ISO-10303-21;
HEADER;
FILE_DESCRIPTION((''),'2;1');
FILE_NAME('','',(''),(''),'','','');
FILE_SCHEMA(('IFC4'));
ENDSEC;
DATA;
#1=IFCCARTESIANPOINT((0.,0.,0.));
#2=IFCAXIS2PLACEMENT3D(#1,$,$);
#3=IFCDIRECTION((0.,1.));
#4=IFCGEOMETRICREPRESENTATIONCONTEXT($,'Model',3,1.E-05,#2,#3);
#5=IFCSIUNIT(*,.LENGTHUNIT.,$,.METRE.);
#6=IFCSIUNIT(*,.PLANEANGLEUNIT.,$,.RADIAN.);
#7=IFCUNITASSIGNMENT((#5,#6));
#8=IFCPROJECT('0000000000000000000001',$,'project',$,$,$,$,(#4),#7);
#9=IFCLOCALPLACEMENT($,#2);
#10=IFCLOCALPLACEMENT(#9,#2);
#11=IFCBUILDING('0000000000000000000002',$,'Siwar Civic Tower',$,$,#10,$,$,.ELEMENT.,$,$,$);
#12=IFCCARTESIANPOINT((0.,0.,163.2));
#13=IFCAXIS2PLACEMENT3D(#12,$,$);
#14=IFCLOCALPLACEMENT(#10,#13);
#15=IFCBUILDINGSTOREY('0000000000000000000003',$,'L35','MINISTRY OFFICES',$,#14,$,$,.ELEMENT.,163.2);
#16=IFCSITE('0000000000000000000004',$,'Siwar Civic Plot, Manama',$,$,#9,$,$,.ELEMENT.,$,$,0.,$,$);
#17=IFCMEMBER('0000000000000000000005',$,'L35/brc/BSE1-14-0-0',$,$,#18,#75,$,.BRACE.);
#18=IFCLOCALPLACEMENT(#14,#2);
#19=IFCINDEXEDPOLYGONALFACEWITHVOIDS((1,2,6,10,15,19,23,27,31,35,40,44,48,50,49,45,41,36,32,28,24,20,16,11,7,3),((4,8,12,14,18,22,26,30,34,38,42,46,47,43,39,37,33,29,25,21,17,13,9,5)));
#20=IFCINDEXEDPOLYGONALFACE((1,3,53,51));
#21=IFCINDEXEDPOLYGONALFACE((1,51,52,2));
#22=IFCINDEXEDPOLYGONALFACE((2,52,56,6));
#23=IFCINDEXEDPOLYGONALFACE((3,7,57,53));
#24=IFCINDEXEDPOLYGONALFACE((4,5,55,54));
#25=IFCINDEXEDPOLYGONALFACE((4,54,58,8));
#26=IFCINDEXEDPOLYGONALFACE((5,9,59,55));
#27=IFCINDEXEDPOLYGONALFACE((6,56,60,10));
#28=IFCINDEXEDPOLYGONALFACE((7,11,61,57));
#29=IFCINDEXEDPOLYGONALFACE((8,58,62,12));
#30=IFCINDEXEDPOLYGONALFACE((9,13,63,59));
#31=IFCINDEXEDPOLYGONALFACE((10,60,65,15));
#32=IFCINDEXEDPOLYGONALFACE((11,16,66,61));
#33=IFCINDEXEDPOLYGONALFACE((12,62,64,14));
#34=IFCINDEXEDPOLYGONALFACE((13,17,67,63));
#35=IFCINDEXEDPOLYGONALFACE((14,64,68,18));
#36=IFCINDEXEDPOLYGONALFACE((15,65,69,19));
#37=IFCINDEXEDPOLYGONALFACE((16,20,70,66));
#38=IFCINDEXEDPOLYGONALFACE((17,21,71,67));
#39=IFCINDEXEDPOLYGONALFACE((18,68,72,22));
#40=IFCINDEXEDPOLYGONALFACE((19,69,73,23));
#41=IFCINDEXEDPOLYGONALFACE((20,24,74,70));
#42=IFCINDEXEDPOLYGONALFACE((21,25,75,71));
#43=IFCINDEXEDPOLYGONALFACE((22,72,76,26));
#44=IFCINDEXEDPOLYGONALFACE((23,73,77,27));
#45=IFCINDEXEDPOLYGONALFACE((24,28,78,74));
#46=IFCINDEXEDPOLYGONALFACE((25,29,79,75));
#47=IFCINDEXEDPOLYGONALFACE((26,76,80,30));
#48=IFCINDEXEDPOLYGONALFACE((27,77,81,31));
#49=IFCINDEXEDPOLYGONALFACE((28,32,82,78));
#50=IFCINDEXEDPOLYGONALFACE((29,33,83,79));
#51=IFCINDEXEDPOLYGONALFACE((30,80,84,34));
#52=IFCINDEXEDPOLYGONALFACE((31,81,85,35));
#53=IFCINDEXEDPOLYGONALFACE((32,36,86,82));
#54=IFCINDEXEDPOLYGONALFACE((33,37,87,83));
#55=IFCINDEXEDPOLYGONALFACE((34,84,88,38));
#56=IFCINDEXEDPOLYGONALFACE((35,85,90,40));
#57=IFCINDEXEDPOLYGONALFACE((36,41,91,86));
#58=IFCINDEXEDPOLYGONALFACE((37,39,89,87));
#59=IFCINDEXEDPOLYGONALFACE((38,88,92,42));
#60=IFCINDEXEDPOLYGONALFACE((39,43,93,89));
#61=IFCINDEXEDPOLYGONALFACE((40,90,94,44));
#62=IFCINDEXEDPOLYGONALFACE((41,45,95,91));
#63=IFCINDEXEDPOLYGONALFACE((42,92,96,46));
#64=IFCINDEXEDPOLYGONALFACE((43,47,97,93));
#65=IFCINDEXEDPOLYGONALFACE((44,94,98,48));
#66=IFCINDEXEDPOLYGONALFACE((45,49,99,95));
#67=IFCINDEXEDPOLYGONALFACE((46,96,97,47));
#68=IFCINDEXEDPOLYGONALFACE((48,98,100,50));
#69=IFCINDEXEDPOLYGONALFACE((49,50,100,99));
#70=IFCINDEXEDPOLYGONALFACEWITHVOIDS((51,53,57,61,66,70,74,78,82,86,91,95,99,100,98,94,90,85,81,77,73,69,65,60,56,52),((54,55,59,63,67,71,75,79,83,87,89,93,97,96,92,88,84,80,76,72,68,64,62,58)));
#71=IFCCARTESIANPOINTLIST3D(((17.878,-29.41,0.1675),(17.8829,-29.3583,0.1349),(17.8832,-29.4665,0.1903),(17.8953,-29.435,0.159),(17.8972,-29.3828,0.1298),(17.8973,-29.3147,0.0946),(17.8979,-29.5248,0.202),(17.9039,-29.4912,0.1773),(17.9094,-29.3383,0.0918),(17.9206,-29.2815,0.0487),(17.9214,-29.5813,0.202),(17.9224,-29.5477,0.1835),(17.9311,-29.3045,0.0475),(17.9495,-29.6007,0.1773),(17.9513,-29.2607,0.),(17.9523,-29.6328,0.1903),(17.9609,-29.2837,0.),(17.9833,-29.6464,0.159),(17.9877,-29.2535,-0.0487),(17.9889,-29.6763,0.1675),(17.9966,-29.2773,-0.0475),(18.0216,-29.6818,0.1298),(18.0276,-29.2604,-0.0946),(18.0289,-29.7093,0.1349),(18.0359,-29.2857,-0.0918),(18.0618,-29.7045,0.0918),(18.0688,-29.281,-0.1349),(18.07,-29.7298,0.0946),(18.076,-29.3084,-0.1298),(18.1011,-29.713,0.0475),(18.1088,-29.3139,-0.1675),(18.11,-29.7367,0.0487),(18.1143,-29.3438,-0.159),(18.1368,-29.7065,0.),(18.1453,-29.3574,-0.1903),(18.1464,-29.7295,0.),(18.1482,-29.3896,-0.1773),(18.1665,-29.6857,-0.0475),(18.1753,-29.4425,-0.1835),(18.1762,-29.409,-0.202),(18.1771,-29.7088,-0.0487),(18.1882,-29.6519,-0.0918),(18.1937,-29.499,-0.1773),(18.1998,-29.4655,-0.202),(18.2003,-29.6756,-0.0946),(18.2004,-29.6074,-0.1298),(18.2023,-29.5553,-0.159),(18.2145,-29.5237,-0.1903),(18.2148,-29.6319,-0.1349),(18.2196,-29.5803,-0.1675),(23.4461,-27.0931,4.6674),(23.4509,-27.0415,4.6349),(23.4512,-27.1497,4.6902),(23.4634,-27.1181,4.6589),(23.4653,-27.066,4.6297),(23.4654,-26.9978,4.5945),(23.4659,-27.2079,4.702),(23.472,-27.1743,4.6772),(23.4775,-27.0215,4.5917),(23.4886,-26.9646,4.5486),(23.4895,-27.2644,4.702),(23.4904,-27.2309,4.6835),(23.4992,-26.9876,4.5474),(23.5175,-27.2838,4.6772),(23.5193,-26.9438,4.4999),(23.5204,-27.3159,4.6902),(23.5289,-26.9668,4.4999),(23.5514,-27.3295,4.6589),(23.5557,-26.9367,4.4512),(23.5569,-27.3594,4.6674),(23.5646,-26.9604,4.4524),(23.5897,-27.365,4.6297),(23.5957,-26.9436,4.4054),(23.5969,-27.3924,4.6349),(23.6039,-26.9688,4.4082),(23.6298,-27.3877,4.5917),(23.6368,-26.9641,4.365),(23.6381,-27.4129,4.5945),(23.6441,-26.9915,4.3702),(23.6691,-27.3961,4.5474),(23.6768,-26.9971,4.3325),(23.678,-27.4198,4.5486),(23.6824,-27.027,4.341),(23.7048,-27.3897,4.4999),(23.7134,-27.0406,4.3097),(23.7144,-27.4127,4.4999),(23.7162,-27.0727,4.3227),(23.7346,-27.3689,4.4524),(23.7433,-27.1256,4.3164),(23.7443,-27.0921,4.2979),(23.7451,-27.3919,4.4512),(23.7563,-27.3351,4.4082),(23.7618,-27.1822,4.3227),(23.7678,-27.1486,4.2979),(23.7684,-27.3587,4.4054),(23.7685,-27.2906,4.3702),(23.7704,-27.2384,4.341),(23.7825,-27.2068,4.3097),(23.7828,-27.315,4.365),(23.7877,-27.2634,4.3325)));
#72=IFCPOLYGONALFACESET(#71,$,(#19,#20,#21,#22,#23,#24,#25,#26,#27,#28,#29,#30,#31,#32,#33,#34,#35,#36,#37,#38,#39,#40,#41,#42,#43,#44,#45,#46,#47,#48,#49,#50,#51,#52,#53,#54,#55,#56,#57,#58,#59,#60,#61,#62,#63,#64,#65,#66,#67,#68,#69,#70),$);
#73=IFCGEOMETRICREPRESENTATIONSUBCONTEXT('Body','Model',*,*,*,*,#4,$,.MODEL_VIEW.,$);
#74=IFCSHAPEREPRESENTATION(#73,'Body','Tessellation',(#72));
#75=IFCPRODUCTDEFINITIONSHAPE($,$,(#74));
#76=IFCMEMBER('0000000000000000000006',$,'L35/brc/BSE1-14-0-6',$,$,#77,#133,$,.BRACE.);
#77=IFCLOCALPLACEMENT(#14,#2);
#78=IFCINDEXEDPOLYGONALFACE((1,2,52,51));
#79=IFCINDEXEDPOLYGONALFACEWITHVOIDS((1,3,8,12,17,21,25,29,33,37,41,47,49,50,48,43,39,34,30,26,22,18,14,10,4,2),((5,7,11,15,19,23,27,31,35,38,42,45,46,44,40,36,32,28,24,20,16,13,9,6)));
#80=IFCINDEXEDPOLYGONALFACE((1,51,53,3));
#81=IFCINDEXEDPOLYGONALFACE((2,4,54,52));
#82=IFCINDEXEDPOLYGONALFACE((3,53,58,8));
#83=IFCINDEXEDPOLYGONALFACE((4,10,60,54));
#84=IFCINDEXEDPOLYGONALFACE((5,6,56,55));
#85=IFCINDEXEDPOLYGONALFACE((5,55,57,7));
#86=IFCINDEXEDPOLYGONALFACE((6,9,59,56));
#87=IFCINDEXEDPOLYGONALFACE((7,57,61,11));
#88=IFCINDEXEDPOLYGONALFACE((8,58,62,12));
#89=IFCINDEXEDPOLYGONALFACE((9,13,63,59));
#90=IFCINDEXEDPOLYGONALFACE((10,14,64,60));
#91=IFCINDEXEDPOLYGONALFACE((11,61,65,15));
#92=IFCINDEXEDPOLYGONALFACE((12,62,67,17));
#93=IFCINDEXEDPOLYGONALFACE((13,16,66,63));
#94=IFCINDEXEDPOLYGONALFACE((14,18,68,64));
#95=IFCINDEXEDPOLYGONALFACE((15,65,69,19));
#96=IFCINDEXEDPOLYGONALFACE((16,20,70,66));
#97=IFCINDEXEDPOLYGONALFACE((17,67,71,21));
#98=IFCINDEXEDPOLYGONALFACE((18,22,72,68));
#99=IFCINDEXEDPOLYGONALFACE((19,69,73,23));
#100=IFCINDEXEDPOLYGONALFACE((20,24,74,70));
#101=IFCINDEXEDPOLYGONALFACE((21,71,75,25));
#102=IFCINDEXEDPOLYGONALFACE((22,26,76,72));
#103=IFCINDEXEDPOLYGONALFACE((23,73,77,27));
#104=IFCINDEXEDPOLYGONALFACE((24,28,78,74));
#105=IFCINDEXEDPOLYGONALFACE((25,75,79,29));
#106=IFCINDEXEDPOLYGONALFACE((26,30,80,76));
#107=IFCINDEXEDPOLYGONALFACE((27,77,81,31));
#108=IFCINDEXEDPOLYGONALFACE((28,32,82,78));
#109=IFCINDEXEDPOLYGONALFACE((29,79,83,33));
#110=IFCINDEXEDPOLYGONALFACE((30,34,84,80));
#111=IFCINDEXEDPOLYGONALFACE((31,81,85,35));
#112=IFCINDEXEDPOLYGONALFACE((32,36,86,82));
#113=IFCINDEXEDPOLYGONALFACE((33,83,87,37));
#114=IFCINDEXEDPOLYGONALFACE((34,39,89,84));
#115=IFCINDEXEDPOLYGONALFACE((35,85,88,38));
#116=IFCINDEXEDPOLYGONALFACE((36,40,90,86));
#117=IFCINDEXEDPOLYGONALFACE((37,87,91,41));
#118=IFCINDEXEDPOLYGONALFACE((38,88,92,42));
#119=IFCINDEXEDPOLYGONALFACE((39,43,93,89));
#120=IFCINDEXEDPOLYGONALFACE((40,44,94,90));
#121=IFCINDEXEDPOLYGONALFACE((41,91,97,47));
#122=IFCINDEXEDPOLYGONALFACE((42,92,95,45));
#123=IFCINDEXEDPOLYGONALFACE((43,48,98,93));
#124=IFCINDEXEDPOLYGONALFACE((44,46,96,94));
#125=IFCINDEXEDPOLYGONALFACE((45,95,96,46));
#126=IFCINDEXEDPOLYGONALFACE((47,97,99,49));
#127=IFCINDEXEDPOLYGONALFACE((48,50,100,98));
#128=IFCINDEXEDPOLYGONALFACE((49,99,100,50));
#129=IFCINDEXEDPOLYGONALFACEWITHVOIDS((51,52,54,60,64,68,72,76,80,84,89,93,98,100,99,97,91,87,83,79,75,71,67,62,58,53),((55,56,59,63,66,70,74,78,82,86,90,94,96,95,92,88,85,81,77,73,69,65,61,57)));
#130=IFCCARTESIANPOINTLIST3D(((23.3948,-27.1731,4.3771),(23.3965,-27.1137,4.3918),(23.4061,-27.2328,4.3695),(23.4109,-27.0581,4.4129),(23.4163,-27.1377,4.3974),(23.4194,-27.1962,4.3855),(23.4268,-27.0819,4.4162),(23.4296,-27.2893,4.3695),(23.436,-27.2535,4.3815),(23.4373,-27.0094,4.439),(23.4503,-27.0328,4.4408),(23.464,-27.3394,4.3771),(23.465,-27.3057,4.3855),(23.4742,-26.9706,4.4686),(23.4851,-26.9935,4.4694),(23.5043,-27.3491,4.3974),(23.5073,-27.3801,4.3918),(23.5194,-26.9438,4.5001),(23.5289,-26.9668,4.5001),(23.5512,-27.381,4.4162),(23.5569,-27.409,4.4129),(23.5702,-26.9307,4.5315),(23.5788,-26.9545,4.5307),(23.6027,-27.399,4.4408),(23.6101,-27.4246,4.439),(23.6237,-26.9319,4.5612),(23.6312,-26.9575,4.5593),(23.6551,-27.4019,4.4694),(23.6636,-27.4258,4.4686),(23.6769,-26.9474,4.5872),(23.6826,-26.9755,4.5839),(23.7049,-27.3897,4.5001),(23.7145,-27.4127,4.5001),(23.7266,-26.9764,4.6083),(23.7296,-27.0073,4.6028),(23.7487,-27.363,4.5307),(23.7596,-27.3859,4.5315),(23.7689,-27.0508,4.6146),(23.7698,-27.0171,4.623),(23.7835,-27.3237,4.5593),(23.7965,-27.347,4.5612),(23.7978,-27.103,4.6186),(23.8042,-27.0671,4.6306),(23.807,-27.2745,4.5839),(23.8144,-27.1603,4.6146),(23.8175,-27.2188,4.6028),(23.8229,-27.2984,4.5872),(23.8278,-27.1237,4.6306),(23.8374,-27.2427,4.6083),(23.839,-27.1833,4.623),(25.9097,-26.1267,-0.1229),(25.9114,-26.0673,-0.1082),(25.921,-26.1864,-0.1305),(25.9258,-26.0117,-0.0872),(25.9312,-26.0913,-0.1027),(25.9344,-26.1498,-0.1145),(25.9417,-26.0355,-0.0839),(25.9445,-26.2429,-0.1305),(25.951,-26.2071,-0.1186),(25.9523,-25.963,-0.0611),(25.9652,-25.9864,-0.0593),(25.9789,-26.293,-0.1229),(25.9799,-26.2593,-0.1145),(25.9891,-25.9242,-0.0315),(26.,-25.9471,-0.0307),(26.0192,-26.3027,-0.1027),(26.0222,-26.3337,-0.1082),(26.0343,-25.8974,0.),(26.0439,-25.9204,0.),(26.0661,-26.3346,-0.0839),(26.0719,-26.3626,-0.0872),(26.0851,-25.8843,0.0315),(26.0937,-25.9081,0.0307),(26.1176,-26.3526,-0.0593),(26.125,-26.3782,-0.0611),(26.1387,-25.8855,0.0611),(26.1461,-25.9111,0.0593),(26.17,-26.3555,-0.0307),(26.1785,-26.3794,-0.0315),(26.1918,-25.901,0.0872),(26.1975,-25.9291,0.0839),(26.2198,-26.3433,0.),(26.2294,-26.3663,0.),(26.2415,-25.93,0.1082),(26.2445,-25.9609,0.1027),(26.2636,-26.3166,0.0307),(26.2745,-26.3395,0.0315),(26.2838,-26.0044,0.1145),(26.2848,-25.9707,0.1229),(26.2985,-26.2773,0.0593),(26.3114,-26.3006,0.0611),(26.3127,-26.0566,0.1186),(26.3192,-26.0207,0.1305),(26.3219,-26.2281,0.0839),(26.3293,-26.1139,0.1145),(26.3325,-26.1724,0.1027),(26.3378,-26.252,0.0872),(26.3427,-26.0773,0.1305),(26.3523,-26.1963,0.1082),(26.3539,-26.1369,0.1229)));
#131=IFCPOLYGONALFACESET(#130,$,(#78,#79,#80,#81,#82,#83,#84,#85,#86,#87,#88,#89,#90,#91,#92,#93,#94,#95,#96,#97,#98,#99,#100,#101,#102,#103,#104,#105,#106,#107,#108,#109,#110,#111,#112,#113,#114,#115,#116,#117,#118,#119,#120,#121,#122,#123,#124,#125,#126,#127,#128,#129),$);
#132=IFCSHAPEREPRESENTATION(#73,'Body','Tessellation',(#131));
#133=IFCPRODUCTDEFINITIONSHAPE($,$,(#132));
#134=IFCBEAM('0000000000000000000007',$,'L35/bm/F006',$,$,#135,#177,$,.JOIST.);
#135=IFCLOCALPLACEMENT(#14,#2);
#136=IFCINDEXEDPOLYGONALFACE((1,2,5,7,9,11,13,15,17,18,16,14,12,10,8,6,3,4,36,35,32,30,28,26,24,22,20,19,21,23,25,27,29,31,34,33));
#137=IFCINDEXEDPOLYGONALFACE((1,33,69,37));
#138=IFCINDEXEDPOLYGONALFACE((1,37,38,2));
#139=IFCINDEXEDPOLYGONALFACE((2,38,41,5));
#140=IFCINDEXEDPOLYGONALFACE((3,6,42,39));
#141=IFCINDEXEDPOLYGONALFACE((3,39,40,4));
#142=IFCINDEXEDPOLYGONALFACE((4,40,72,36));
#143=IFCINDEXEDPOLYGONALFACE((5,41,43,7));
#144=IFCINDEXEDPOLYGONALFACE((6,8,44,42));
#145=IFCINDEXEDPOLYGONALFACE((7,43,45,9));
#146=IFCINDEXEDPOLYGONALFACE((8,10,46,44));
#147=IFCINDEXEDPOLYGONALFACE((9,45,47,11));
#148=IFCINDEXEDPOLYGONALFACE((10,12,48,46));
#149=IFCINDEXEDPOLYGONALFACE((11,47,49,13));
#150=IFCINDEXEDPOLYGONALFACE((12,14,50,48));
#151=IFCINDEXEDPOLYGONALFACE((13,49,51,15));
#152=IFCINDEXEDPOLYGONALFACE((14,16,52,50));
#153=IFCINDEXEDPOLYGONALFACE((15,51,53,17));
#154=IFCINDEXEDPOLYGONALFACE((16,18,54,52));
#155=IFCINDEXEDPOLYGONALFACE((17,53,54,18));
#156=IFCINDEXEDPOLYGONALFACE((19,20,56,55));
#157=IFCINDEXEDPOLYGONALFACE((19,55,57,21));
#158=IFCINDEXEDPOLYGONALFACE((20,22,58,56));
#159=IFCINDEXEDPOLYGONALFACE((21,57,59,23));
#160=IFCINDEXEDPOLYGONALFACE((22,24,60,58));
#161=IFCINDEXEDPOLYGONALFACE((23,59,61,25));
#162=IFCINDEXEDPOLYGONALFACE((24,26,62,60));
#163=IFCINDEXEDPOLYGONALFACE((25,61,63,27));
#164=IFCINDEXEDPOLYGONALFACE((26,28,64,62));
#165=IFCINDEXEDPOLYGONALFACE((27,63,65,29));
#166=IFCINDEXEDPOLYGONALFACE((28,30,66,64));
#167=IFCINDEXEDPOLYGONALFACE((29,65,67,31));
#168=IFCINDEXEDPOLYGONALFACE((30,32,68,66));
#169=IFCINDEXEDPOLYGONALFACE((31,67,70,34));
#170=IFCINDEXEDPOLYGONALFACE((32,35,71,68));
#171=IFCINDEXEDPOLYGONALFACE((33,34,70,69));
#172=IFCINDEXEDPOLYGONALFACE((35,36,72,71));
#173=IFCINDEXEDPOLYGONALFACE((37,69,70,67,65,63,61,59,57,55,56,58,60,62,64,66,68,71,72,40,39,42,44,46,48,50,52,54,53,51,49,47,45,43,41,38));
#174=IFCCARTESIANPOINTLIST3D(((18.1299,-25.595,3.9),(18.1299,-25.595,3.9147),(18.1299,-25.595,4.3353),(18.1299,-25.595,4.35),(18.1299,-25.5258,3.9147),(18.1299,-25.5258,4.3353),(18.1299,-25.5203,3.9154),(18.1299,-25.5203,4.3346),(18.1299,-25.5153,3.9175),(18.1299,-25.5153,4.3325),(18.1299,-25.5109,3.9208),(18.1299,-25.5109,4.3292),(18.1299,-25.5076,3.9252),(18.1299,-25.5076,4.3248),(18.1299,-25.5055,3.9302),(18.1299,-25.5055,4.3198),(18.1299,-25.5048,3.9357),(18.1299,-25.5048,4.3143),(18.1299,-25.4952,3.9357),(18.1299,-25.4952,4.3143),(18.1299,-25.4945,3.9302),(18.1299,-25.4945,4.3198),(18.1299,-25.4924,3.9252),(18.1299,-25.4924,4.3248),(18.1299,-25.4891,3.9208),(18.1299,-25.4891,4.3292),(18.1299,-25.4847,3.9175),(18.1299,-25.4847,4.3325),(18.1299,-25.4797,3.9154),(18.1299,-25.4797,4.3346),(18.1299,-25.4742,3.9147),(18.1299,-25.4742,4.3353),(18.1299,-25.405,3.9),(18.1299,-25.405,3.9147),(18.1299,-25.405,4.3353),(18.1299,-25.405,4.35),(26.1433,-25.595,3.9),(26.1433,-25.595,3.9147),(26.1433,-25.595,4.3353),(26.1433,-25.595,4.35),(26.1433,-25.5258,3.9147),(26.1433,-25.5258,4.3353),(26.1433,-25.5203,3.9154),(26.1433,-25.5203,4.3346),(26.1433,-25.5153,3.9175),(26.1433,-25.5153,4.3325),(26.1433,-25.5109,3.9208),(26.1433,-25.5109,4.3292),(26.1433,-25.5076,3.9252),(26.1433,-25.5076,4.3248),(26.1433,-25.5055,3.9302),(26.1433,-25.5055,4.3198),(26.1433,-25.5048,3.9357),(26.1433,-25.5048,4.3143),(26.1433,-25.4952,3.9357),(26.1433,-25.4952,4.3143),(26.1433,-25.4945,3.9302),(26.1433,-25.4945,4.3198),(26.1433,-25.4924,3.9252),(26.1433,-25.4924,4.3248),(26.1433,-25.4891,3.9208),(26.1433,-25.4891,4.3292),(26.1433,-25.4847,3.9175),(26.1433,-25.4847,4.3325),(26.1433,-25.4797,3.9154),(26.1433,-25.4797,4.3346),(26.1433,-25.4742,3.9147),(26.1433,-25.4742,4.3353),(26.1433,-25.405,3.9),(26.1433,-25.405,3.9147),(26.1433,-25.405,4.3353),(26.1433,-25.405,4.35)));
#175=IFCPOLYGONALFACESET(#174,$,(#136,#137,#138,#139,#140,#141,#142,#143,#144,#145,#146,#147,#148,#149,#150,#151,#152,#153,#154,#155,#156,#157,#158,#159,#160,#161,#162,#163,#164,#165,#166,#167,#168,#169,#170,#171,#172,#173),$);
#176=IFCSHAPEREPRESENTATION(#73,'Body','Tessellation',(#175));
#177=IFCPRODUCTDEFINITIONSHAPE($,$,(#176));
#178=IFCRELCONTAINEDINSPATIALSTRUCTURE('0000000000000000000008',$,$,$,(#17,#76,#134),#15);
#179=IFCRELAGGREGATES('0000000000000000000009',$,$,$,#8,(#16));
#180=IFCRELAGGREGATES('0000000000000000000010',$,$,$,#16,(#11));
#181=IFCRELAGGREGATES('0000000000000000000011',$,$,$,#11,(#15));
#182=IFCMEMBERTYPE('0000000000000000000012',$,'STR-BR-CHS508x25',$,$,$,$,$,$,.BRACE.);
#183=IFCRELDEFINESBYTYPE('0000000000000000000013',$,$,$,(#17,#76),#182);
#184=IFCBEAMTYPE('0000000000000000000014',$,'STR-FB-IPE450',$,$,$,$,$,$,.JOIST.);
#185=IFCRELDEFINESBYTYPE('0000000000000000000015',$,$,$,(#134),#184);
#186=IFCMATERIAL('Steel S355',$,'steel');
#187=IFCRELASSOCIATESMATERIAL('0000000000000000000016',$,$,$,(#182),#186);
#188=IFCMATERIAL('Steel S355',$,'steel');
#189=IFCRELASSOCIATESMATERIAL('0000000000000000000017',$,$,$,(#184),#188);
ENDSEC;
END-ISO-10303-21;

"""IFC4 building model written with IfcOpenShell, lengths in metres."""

from ifc_helpers import new_model, si_unit, direction, frame, origin, origin_2d, place, context, subcontext, project, spatial, hollow_circle, i_section, extrude, material, material_profile, profile_set, type_object, element, save


model = new_model("IFC4")

# Units and contexts
model_context = context("Model", 3, precision=1e-05, world=origin(), true_north=direction((0.0, 1.0)))
body_context = subcontext(model_context, "Body", "Model", "MODEL_VIEW")
ifc_project = project(units=[si_unit("LENGTHUNIT", "METRE"), si_unit("PLANEANGLEUNIT", "RADIAN")], contexts=[model_context])

# Site, building, storey
site_placement = place(None, origin())
site = spatial("IfcSite", under=ifc_project, at=site_placement, Name="Siwar Civic Plot, Manama", CompositionType="ELEMENT", RefElevation=0.0)
building_placement = place(site_placement, origin())
building = spatial("IfcBuilding", under=site, at=building_placement, Name="Siwar Civic Tower", CompositionType="ELEMENT")
storey_placement = place(building_placement, frame((0.0, 0.0, 163.2)))
storey = spatial("IfcBuildingStorey", under=building, at=storey_placement, Name="L35", Description="MINISTRY OFFICES", CompositionType="ELEMENT", Elevation=163.2)

# Members
ifc_material_1 = material(Name="Steel S355", Category="steel")
ifc_material_profile_1 = material_profile(ifc_material_1, hollow_circle(Radius=0.2539, WallThickness=0.0249, at=origin_2d()), Name="CHS508x25")
ifc_profile_set_1 = profile_set([ifc_material_profile_1], Name="Steel S355")
member_type_1 = type_object("IfcMemberType", Name="STR-BR-CHS508x25", PredefinedType="BRACE", material=ifc_profile_set_1)
member_1_placement = place(storey_placement, frame((18.0488, -29.4951, 0.0), z_axis=(0.739973, 0.307903, 0.598026), x_axis=(-0.38417, 0.923262, 0.0)))
element("IfcMember", 1, at=member_1_placement, inside=storey, type_object=member_type_1, Name="L35/brc/BSE1-14-0-0", PredefinedType="BRACE", context=body_context, shape_type="SweptSolid", body=[
    extrude(hollow_circle(Radius=0.2539, WallThickness=0.0249, at=origin_2d()), origin(), (0.0, 0.0, 1.0), 7.5247),
])
member_2_placement = place(storey_placement, frame((26.1318, -26.1318, 0.0), z_axis=(-0.478099, -0.198926, 0.855482), x_axis=(0.384151, -0.92327, 0.0)))
element("IfcMember", 2, at=member_2_placement, inside=storey, type_object=member_type_1, Name="L35/brc/BSE1-14-0-6", PredefinedType="BRACE", context=body_context, shape_type="SweptSolid", body=[
    extrude(hollow_circle(Radius=0.2539, WallThickness=0.0249, at=origin_2d()), origin(), (0.0, 0.0, 1.0), 5.2603),
])

# Beam
ifc_material_2 = material(Name="Steel S355", Category="steel")
ifc_material_profile_2 = material_profile(ifc_material_2, i_section(OverallWidth=0.1899, OverallDepth=0.45, WebThickness=0.0095, FlangeThickness=0.0146, FilletRadius=0.021, at=origin_2d()), Name="IPE450")
ifc_profile_set_2 = profile_set([ifc_material_profile_2], Name="Steel S355")
beam_type_1 = type_object("IfcBeamType", Name="STR-FB-IPE450", PredefinedType="JOIST", material=ifc_profile_set_2)
beam_1_placement = place(storey_placement, frame((18.1299, -25.5, 4.125), z_axis=(1.0, 0.0, 0.0), x_axis=(0.0, 1.0, 0.0)))
element("IfcBeam", 3, at=beam_1_placement, inside=storey, type_object=beam_type_1, Name="L35/bm/F006", PredefinedType="JOIST", context=body_context, shape_type="SweptSolid", body=[
    extrude(i_section(OverallWidth=0.1899, OverallDepth=0.45, WebThickness=0.0095, FlangeThickness=0.0146, FilletRadius=0.021, at=origin_2d()), origin(), (0.0, 0.0, 1.0), 8.0134),
])

save(model, "model.ifc")
